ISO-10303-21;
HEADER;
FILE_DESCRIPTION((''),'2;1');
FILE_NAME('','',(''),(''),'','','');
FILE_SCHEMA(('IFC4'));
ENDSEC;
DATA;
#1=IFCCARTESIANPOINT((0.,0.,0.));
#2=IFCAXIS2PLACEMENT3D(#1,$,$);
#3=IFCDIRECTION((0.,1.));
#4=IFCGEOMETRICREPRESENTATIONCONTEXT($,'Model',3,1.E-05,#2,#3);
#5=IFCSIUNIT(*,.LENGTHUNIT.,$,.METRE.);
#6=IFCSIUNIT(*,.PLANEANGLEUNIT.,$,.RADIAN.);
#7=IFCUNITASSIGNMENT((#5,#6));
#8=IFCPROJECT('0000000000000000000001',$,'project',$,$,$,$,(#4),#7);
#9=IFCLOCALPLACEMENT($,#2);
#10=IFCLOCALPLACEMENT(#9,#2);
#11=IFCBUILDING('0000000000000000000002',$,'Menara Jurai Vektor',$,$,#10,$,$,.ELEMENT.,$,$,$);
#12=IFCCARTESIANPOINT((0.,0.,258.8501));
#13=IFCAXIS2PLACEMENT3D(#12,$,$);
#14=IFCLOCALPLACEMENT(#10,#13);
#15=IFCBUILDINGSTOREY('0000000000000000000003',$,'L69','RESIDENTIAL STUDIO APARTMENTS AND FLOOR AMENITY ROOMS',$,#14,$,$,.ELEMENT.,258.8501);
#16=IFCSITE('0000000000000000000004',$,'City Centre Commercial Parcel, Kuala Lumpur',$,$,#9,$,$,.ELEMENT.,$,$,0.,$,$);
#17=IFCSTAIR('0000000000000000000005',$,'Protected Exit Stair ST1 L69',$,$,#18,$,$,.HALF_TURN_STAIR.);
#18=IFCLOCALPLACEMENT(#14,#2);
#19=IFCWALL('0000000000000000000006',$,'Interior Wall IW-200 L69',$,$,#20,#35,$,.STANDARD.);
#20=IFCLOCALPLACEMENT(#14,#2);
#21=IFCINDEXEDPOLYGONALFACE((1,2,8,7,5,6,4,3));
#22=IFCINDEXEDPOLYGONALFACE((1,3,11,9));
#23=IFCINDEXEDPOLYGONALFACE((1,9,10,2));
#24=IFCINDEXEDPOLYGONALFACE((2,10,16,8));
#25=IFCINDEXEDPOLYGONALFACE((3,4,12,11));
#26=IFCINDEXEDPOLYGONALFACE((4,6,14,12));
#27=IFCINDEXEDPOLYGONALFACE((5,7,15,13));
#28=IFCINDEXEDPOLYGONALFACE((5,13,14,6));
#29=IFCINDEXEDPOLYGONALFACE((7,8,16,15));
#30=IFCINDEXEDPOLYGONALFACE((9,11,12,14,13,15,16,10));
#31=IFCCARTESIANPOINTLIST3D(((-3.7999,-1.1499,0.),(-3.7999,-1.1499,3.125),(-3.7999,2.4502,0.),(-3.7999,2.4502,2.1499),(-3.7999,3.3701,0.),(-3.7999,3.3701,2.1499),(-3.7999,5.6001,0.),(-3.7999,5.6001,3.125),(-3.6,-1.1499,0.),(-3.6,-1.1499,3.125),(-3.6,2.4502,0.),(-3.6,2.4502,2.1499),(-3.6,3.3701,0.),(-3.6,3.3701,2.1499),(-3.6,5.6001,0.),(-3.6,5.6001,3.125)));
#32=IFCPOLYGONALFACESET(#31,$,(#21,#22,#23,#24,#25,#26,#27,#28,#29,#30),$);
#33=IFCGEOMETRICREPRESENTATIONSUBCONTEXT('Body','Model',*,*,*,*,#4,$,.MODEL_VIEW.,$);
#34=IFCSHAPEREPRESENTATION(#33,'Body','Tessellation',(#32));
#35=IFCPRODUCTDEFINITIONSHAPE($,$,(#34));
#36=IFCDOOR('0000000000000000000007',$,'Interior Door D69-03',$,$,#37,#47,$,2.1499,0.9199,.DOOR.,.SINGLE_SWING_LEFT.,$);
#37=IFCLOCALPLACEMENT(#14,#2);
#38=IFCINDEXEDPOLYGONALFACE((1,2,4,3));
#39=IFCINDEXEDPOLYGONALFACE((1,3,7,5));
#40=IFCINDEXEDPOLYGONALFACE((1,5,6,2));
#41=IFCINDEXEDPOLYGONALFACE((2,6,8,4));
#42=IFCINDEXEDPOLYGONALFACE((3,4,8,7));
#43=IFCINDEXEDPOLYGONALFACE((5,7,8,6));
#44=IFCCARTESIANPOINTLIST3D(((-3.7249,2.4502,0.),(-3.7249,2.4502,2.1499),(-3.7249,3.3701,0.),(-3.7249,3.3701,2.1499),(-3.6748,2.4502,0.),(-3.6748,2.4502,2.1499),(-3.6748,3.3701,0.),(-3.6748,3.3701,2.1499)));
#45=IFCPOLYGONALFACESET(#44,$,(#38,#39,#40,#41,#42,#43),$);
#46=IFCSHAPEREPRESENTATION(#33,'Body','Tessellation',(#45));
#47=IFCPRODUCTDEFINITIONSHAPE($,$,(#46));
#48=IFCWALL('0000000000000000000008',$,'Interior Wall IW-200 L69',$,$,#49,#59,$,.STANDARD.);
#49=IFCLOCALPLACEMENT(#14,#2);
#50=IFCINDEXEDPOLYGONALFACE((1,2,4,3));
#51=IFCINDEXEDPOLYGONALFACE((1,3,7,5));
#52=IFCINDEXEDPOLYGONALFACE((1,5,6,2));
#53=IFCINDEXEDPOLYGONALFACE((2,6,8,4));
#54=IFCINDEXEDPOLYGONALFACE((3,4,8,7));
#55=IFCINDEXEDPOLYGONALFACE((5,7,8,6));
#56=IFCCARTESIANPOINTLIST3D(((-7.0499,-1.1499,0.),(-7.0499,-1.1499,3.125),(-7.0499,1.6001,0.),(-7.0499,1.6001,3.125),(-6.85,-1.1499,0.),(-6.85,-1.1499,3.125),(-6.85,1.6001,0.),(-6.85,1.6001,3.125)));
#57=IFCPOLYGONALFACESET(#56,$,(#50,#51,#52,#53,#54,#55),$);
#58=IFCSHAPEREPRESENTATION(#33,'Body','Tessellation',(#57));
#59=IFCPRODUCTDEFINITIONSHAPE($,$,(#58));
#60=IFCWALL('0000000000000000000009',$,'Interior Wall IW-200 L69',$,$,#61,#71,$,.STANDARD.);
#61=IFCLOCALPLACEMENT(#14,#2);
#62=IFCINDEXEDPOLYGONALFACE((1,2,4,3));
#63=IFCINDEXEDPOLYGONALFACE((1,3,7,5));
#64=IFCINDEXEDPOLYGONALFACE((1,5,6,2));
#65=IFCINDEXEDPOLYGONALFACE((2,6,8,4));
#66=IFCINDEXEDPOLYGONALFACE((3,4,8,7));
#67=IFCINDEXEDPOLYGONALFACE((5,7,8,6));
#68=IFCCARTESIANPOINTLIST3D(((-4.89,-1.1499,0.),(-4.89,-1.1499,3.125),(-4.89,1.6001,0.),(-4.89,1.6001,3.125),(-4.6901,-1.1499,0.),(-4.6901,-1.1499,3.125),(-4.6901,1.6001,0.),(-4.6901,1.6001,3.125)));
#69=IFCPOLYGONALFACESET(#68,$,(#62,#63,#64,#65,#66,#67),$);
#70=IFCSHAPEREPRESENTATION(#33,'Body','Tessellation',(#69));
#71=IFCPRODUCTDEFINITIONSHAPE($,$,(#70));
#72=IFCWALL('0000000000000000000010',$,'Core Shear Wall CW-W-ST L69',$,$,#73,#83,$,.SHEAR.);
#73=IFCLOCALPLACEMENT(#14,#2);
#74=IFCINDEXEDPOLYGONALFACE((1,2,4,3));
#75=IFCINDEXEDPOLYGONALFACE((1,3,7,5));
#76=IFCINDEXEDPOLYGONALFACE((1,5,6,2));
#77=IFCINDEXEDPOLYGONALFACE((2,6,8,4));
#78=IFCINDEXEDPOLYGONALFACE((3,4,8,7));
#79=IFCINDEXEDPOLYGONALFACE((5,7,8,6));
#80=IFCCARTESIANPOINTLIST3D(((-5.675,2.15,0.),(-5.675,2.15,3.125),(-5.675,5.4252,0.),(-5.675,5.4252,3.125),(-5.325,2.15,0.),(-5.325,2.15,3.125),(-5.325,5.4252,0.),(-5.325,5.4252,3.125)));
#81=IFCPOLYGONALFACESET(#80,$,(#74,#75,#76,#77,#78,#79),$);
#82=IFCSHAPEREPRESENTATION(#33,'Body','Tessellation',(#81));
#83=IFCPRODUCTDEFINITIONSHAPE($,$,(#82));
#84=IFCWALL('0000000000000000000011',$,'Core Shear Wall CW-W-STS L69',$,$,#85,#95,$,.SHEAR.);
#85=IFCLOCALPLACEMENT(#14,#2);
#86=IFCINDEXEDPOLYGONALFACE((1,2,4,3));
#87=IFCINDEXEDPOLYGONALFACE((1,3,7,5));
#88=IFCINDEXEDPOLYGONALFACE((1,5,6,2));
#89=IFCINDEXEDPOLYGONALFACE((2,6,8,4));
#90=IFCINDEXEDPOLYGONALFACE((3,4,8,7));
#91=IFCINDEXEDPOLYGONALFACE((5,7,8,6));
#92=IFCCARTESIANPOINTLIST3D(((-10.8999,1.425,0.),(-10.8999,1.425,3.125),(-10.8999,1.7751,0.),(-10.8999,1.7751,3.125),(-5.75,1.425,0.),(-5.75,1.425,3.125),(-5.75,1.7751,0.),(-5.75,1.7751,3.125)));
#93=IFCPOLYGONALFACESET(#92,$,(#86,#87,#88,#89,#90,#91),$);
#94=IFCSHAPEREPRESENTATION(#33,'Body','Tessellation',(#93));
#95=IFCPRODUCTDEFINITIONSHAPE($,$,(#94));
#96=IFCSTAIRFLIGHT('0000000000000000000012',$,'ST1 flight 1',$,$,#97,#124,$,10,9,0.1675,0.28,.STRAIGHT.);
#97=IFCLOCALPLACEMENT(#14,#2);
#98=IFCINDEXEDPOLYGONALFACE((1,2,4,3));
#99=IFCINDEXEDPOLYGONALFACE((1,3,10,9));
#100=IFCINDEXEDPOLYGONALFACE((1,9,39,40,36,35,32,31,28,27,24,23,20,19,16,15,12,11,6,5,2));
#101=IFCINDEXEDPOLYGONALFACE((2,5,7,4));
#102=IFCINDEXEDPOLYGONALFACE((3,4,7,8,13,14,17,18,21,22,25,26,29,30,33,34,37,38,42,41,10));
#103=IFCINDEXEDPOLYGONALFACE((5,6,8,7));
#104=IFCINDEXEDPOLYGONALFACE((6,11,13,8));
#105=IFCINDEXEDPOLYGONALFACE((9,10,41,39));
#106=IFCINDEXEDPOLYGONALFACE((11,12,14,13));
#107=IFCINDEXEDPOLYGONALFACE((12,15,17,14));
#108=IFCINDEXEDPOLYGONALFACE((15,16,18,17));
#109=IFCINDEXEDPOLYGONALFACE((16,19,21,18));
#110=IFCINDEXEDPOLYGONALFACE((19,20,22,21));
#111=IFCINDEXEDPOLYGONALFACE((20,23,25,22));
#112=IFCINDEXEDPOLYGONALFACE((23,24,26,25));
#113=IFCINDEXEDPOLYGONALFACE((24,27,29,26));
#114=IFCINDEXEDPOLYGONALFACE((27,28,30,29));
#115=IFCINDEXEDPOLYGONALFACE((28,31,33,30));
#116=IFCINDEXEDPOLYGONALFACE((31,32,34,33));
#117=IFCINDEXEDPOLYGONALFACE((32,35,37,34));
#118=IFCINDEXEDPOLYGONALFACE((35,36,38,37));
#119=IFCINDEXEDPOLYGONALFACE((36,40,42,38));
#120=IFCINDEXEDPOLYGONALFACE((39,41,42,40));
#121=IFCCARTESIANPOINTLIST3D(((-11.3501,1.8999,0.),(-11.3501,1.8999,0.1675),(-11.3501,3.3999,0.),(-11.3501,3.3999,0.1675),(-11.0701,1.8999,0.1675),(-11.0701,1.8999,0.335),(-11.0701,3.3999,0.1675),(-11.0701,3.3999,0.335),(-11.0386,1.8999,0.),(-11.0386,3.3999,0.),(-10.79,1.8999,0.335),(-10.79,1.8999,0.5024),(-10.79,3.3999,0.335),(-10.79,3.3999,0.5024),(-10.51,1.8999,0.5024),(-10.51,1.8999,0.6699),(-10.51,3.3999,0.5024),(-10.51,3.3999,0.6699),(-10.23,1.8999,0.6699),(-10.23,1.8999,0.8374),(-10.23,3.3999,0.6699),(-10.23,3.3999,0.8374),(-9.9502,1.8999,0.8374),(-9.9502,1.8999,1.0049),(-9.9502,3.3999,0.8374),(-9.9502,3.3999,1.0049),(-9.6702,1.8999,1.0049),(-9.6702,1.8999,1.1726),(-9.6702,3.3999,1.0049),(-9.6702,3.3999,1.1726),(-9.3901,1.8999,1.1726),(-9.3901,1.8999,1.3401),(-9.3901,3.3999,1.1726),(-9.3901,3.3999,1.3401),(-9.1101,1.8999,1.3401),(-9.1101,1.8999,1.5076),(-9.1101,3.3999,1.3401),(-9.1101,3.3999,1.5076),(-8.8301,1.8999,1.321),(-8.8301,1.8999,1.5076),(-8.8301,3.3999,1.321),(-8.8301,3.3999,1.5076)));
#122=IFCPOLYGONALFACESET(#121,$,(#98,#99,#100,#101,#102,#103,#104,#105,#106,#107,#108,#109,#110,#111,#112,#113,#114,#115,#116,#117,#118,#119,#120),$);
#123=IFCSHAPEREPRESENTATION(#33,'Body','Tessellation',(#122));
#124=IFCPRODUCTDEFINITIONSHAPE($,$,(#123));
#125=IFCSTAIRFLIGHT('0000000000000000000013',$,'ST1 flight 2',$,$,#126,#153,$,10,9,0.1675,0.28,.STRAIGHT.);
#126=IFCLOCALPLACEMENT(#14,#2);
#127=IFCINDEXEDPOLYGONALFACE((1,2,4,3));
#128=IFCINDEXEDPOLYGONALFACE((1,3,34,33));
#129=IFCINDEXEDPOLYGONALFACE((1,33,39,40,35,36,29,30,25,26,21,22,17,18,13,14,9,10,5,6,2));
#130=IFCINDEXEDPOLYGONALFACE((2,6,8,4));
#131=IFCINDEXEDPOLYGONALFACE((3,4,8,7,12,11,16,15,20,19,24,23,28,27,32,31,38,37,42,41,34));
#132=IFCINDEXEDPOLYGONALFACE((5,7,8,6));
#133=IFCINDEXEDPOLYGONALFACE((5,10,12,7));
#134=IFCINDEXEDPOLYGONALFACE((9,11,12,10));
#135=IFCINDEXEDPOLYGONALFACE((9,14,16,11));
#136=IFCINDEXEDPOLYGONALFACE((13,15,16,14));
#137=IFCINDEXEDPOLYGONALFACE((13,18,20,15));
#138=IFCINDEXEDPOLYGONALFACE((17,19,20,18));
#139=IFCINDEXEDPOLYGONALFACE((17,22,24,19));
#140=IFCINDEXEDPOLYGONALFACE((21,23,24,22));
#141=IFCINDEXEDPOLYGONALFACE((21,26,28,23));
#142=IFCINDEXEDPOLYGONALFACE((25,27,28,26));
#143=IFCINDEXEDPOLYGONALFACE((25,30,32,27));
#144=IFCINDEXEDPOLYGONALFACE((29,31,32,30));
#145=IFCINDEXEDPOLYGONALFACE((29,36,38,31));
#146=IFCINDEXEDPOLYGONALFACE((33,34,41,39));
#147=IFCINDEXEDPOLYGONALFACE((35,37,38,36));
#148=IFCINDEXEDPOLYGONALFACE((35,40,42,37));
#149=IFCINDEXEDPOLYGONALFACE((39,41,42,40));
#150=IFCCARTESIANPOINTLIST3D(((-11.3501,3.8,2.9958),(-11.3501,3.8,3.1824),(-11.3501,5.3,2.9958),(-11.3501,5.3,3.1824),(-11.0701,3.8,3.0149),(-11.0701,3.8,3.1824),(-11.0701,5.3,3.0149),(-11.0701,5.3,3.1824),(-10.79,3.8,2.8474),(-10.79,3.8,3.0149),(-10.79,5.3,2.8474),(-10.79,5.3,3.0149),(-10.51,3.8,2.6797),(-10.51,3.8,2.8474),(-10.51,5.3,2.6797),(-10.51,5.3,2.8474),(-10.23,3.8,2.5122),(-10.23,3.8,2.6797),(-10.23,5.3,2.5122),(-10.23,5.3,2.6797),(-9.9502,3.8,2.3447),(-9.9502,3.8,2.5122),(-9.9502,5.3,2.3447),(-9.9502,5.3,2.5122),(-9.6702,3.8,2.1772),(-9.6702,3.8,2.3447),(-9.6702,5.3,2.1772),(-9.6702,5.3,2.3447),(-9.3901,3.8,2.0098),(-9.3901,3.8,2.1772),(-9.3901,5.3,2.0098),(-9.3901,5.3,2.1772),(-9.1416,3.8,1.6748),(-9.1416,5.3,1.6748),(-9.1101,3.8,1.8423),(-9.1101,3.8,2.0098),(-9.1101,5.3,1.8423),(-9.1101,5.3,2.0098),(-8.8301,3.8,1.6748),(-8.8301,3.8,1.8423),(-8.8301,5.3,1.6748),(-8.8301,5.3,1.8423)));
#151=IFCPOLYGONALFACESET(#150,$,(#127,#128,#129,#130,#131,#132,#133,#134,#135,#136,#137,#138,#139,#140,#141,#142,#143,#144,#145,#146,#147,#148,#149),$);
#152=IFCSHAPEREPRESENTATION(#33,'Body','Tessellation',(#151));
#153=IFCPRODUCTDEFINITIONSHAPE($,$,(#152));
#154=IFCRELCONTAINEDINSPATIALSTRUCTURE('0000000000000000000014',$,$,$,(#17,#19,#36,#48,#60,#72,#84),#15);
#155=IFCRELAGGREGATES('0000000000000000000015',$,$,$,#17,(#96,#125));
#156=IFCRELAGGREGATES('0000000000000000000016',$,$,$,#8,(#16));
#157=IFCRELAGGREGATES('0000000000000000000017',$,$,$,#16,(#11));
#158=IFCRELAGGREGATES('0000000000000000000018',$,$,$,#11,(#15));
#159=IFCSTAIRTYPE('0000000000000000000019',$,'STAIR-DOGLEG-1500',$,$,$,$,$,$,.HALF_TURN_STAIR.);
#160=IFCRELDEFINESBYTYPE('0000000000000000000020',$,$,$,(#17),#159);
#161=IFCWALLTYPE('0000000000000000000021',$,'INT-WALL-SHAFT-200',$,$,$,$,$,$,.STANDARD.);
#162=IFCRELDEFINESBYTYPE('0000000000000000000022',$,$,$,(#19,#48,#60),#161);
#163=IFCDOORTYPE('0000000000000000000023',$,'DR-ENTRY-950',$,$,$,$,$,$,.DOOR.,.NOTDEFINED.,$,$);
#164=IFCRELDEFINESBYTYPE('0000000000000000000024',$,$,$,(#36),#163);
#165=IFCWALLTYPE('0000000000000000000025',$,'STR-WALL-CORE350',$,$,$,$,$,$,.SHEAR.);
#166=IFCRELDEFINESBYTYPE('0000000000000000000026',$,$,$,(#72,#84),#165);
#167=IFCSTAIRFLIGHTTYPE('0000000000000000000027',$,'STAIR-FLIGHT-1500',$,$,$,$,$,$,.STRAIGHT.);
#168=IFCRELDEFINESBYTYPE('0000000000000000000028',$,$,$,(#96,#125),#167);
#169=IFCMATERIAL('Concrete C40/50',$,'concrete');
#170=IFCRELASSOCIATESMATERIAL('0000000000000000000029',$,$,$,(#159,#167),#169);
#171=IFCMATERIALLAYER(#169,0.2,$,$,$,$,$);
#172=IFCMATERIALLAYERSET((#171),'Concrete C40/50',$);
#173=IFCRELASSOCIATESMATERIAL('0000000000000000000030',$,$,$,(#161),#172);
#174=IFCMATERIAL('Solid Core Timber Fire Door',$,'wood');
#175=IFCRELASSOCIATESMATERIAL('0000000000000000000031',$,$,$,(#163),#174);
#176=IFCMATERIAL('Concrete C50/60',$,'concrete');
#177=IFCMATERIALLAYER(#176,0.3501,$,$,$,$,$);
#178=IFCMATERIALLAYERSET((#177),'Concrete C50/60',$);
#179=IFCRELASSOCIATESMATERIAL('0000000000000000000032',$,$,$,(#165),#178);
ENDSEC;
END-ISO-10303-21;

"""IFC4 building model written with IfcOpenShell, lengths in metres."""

from ifc_helpers import new_model, si_unit, direction, frame, frame_2d, origin, place, context, subcontext, project, spatial, polyline, rectangle, outline, extrude, material, layer, layer_set, type_object, element, fill, aggregate, save


model = new_model("IFC4")

# Units and contexts
model_context = context("Model", 3, precision=1e-05, world=origin(), true_north=direction((0.0, 1.0)))
body_context = subcontext(model_context, "Body", "Model", "MODEL_VIEW")
ifc_project = project(units=[si_unit("LENGTHUNIT", "METRE"), si_unit("PLANEANGLEUNIT", "RADIAN")], contexts=[model_context])

# Site, building, storey
site_placement = place(None, origin())
site = spatial("IfcSite", under=ifc_project, at=site_placement, Name="City Centre Commercial Parcel, Kuala Lumpur", CompositionType="ELEMENT", RefElevation=0.0)
building_placement = place(site_placement, origin())
building = spatial("IfcBuilding", under=site, at=building_placement, Name="Menara Jurai Vektor", CompositionType="ELEMENT")
storey_placement = place(building_placement, frame((0.0, 0.0, 258.8501)))
storey = spatial("IfcBuildingStorey", under=building, at=storey_placement, Name="L69", Description="RESIDENTIAL STUDIO APARTMENTS AND FLOOR AMENITY ROOMS", CompositionType="ELEMENT", Elevation=258.8501)

# Shared definitions
ifc_material_1 = material(Name="Concrete C50/60", Category="concrete")

# Stair
ifc_material_2 = material(Name="Concrete C40/50", Category="concrete")
stair_type = type_object("IfcStairType", Name="STAIR-DOGLEG-1500", PredefinedType="HALF_TURN_STAIR", material=ifc_material_2)
stair_1_placement = place(storey_placement, origin())
stair_1 = element("IfcStair", 1, at=stair_1_placement, inside=storey, type_object=stair_type, Name="Protected Exit Stair ST1 L69", PredefinedType="HALF_TURN_STAIR")

# Wall, opening, door
ifc_layer_1 = layer(ifc_material_2, 0.2)
ifc_layer_set_1 = layer_set([ifc_layer_1], Name="Concrete C40/50")
wall_type_1 = type_object("IfcWallType", Name="INT-WALL-SHAFT-200", PredefinedType="STANDARD", material=ifc_layer_set_1)
wall_1_placement = place(storey_placement, frame((-3.7, -1.1499, 0.0), z_axis=(0.0, 0.0, 1.0), x_axis=(0.0, 1.0, 0.0)))
wall_1 = element("IfcWall", 2, at=wall_1_placement, inside=storey, type_object=wall_type_1, Name="Interior Wall IW-200 L69", PredefinedType="STANDARD", context=body_context, shape_type="SweptSolid", body=[
    extrude(rectangle(XDim=6.75, YDim=0.2, at=frame_2d((3.375, 0.0))), origin(), (0.0, 0.0, 1.0), 3.125),
])
opening_1_placement = place(wall_1_placement, frame((3.6001, 0.0, 0.0)))
opening_1 = element("IfcOpeningElement", 3, at=opening_1_placement, cuts=wall_1, PredefinedType="OPENING", context=body_context, shape_type="SweptSolid", body=[
    extrude(rectangle(XDim=0.9199, YDim=2.1499, at=frame_2d((0.46, 1.075))), frame((0.0, 0.1099, 0.0), z_axis=(0.0, -1.0, 0.0), x_axis=(1.0, 0.0, 0.0)), (0.0, 0.0, 1.0), 0.22),
])
ifc_material_3 = material(Name="Solid Core Timber Fire Door", Category="wood")
door_type_1 = type_object("IfcDoorType", Name="DR-ENTRY-950", OperationType="NOTDEFINED", PredefinedType="DOOR", material=ifc_material_3)
door_1_placement = place(opening_1_placement, origin())
door_1 = element("IfcDoor", 4, at=door_1_placement, inside=storey, type_object=door_type_1, Name="Interior Door D69-03", OperationType="SINGLE_SWING_LEFT", OverallHeight=2.1499, OverallWidth=0.9199, PredefinedType="DOOR", context=body_context, shape_type="SweptSolid", body=[
    extrude(rectangle(XDim=0.9199, YDim=2.1499, at=frame_2d((0.46, 1.075))), frame((0.0, 0.0249, 0.0), z_axis=(0.0, -1.0, 0.0), x_axis=(1.0, 0.0, 0.0)), (0.0, 0.0, 1.0), 0.05),
])
fill(opening_1, door_1)

# Wall
wall_2_placement = place(storey_placement, frame((-6.95, -1.1499, 0.0), z_axis=(0.0, 0.0, 1.0), x_axis=(0.0, 1.0, 0.0)))
element("IfcWall", 5, at=wall_2_placement, inside=storey, type_object=wall_type_1, Name="Interior Wall IW-200 L69", PredefinedType="STANDARD", context=body_context, shape_type="SweptSolid", body=[
    extrude(rectangle(XDim=2.75, YDim=0.2, at=frame_2d((1.375, 0.0))), origin(), (0.0, 0.0, 1.0), 3.125),
])

# Wall
wall_3_placement = place(storey_placement, frame((-4.79, -1.1499, 0.0), z_axis=(0.0, 0.0, 1.0), x_axis=(0.0, 1.0, 0.0)))
element("IfcWall", 6, at=wall_3_placement, inside=storey, type_object=wall_type_1, Name="Interior Wall IW-200 L69", PredefinedType="STANDARD", context=body_context, shape_type="SweptSolid", body=[
    extrude(rectangle(XDim=2.75, YDim=0.2, at=frame_2d((1.375, 0.0))), origin(), (0.0, 0.0, 1.0), 3.125),
])

# Walls
ifc_layer_2 = layer(ifc_material_1, 0.3501)
ifc_layer_set_2 = layer_set([ifc_layer_2], Name="Concrete C50/60")
wall_type_2 = type_object("IfcWallType", Name="STR-WALL-CORE350", PredefinedType="SHEAR", material=ifc_layer_set_2)
wall_4_placement = place(storey_placement, frame((-5.5, 2.1499, 0.0), z_axis=(0.0, 0.0, 1.0), x_axis=(0.0, 1.0, 0.0)))
element("IfcWall", 7, at=wall_4_placement, inside=storey, type_object=wall_type_2, Name="Core Shear Wall CW-W-ST L69", PredefinedType="SHEAR", context=body_context, shape_type="SweptSolid", body=[
    extrude(rectangle(XDim=3.2751, YDim=0.3501, at=frame_2d((1.6377, 0.0))), origin(), (0.0, 0.0, 1.0), 3.125),
])
wall_5_placement = place(storey_placement, frame((-10.8999, 1.6001, 0.0), z_axis=(0.0, 0.0, 1.0), x_axis=(1.0, 0.0, 0.0)))
element("IfcWall", 8, at=wall_5_placement, inside=storey, type_object=wall_type_2, Name="Core Shear Wall CW-W-STS L69", PredefinedType="SHEAR", context=body_context, shape_type="SweptSolid", body=[
    extrude(rectangle(XDim=5.1499, YDim=0.3501, at=frame_2d((2.575, 0.0))), origin(), (0.0, 0.0, 1.0), 3.125),
])

# Stair flights
stair_flight_type = type_object("IfcStairFlightType", Name="STAIR-FLIGHT-1500", PredefinedType="STRAIGHT", material=ifc_material_2)
stair_flight_1_placement = place(storey_placement, frame((-11.3501, 2.6499, 0.0), z_axis=(0.0, 0.0, 1.0), x_axis=(1.0, 0.0, 0.0)))
stair_flight_1 = element("IfcStairFlight", 9, at=stair_flight_1_placement, type_object=stair_flight_type, Name="ST1 flight 1", NumberOfRisers=10, NumberOfTreads=9, PredefinedType="STRAIGHT", RiserHeight=0.1675, TreadLength=0.28, context=body_context, shape_type="SweptSolid", body=[
    extrude(outline(polyline([(0.0, 0.0), (0.0, 0.1675), (0.28, 0.1675), (0.28, 0.335), (0.5601, 0.335), (0.5601, 0.5024), (0.8401, 0.5024), (0.8401, 0.6699), (1.1201, 0.6699), (1.1201, 0.8374), (1.3999, 0.8374), (1.3999, 1.0049), (1.6799, 1.0049), (1.6799, 1.1726), (1.96, 1.1726), (1.96, 1.3401), (2.24, 1.3401), (2.24, 1.5076), (2.52, 1.5076), (2.52, 1.675), (2.52, 1.321), (0.3115, 0.0), (0.0, 0.0)])), frame((0.0, 0.75, 0.0), z_axis=(0.0, -1.0, 0.0), x_axis=(1.0, 0.0, 0.0)), (0.0, 0.0, 1.0), 1.5),
])
stair_flight_2_placement = place(storey_placement, frame((-8.8301, 4.55, 1.6748), z_axis=(0.0, 0.0, 1.0), x_axis=(-1.0, 0.0, 0.0)))
stair_flight_2 = element("IfcStairFlight", 10, at=stair_flight_2_placement, type_object=stair_flight_type, Name="ST1 flight 2", NumberOfRisers=10, NumberOfTreads=9, PredefinedType="STRAIGHT", RiserHeight=0.1675, TreadLength=0.28, context=body_context, shape_type="SweptSolid", body=[
    extrude(outline(polyline([(0.0, 0.0), (0.0, 0.1675), (0.28, 0.1675), (0.28, 0.335), (0.5601, 0.335), (0.5601, 0.5024), (0.8401, 0.5024), (0.8401, 0.6699), (1.1201, 0.6699), (1.1201, 0.8374), (1.3999, 0.8374), (1.3999, 1.0049), (1.6799, 1.0049), (1.6799, 1.1726), (1.96, 1.1726), (1.96, 1.3401), (2.24, 1.3401), (2.24, 1.5076), (2.52, 1.5076), (2.52, 1.675), (2.52, 1.321), (0.3115, 0.0), (0.0, 0.0)])), frame((0.0, 0.75, 0.0), z_axis=(0.0, -1.0, 0.0), x_axis=(1.0, 0.0, 0.0)), (0.0, 0.0, 1.0), 1.5),
])
aggregate(stair_1, [stair_flight_1, stair_flight_2])

save(model, "model.ifc")
